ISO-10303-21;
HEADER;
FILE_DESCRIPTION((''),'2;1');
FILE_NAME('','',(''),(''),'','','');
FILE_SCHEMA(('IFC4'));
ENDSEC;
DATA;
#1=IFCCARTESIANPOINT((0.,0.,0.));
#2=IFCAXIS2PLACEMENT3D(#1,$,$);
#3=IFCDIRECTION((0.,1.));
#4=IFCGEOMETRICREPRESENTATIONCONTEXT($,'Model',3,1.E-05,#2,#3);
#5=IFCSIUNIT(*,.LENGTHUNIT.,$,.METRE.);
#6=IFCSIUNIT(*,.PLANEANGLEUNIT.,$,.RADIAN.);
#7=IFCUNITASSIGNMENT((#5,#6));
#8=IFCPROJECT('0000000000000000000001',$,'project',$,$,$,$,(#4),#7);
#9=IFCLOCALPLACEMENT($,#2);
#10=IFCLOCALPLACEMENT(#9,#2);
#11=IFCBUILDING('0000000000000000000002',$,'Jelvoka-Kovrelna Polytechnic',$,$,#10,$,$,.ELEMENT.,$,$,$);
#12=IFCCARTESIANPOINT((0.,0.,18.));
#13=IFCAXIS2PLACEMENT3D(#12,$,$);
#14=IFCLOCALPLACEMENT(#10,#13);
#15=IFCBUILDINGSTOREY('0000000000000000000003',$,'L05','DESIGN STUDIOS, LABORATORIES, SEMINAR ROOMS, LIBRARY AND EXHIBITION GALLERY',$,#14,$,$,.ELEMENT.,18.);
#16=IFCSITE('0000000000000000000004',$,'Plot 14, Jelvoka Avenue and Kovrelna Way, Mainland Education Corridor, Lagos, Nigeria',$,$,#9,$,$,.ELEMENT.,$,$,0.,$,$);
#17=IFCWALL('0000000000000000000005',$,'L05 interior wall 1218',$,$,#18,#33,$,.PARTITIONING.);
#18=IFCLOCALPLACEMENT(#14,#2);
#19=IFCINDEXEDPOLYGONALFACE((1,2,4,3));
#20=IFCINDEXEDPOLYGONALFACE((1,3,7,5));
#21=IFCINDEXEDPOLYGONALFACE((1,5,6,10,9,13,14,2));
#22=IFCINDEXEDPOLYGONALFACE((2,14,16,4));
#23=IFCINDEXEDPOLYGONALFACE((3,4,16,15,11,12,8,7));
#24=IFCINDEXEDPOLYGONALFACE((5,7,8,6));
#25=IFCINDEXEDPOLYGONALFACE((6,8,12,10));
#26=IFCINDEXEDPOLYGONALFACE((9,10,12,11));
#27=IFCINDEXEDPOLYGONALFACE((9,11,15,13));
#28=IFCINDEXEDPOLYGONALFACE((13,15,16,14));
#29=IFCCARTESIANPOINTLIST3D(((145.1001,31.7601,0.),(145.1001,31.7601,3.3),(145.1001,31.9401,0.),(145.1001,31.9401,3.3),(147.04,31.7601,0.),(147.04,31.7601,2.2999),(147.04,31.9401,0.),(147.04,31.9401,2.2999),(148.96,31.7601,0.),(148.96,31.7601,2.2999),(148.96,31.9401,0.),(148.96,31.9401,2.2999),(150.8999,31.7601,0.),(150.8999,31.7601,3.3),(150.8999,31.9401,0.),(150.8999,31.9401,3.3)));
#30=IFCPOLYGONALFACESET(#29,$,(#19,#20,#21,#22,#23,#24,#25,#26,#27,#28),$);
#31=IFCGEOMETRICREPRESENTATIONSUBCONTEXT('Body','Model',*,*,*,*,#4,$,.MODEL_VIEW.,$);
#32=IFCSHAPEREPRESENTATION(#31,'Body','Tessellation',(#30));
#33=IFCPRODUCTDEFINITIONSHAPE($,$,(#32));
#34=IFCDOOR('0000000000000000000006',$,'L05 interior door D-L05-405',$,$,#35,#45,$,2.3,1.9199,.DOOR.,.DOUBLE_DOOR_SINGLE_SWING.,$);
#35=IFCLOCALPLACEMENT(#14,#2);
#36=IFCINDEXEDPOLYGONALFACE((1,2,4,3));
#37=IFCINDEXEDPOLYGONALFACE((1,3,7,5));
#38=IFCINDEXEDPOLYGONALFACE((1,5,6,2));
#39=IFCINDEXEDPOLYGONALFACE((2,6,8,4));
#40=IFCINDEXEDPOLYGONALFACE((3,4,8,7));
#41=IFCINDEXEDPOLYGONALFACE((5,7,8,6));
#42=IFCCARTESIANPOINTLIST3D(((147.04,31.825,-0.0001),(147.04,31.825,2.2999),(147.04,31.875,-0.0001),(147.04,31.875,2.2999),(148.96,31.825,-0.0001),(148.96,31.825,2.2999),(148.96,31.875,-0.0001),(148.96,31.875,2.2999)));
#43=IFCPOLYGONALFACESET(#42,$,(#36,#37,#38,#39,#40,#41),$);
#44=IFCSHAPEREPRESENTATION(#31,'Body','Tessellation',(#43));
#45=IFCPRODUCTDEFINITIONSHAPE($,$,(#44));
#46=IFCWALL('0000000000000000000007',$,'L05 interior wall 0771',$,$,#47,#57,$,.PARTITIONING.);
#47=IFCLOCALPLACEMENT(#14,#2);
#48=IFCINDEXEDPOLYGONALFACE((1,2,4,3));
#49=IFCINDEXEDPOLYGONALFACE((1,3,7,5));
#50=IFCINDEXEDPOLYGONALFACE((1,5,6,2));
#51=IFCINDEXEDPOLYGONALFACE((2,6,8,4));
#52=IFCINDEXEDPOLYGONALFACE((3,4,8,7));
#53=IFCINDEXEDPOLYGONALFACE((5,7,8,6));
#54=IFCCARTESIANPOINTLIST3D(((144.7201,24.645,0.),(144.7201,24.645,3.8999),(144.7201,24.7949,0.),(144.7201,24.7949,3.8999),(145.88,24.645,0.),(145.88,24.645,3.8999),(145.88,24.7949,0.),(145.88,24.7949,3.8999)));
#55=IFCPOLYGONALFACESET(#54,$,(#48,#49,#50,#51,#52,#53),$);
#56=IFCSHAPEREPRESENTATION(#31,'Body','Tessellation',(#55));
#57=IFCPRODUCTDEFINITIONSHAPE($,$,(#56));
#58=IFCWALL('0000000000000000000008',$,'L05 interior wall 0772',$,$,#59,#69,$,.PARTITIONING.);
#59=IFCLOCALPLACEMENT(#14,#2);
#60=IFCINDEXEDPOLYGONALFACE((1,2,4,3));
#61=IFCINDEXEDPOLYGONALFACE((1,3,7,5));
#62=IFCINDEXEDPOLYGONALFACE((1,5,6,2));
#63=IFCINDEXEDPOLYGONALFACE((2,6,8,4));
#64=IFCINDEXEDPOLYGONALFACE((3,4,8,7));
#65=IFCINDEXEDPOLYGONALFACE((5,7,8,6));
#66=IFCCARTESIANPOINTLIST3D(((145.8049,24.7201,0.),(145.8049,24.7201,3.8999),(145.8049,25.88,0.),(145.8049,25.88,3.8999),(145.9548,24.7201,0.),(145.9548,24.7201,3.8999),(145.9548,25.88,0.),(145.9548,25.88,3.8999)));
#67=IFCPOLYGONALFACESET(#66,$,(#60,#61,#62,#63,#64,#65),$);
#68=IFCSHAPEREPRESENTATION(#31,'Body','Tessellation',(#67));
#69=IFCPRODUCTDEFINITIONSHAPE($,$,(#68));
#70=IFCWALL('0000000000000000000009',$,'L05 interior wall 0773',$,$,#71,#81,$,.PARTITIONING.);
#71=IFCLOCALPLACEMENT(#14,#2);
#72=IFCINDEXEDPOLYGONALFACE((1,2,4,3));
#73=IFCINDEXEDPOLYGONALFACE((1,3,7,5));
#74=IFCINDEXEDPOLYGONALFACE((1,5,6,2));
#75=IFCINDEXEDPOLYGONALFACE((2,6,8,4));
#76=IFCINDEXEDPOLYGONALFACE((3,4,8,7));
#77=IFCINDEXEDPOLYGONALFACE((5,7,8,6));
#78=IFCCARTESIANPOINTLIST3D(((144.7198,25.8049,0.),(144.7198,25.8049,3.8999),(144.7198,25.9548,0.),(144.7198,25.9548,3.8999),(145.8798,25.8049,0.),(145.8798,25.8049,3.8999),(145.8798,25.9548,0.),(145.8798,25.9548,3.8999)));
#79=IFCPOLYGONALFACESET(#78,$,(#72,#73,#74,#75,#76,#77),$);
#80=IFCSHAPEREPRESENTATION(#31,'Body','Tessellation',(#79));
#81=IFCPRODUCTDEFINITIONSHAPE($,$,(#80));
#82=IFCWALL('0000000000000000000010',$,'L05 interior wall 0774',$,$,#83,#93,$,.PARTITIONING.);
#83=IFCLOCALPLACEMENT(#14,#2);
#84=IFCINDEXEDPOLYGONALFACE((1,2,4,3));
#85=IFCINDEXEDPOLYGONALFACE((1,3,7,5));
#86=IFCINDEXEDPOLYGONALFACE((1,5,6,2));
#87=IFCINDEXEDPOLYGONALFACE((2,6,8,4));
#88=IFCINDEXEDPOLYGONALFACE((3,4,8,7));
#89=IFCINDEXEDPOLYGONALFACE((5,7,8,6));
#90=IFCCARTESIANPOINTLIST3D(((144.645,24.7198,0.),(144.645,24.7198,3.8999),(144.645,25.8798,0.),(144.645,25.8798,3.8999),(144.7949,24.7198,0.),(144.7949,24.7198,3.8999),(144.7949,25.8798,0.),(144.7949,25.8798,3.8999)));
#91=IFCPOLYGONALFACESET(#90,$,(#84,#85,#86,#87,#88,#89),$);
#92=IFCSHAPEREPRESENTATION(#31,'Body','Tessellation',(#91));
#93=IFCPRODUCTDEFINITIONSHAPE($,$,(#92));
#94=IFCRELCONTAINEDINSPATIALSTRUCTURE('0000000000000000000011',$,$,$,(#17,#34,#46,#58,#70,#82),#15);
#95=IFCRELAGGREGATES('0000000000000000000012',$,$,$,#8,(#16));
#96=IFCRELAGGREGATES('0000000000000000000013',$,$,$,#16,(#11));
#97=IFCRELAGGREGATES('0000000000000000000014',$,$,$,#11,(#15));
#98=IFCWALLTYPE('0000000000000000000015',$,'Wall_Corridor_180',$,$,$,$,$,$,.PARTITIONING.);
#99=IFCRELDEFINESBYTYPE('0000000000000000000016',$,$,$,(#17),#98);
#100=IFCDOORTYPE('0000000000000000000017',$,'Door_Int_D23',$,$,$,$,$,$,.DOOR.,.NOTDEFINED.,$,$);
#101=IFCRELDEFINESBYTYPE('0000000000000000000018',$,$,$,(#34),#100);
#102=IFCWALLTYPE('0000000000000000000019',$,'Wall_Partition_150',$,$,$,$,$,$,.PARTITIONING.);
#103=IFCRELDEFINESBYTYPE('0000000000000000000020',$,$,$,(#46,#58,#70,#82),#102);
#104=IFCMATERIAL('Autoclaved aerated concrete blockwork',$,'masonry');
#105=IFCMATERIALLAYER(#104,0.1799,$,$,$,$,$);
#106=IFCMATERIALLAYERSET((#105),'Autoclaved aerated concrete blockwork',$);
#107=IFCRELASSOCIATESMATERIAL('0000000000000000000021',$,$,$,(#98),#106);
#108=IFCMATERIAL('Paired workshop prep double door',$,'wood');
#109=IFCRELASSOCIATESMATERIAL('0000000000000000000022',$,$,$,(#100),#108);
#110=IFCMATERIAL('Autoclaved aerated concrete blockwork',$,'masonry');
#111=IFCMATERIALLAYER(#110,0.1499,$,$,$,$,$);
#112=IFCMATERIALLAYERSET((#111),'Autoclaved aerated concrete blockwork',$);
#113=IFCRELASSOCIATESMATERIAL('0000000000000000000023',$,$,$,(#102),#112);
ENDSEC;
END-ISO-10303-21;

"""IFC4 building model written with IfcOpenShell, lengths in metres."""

from ifc_helpers import new_model, si_unit, direction, frame, frame_2d, origin, place, context, subcontext, project, spatial, rectangle, extrude, material, layer, layer_set, type_object, element, fill, save


model = new_model("IFC4")

# Units and contexts
model_context = context("Model", 3, precision=1e-05, world=origin(), true_north=direction((0.0, 1.0)))
body_context = subcontext(model_context, "Body", "Model", "MODEL_VIEW")
ifc_project = project(units=[si_unit("LENGTHUNIT", "METRE"), si_unit("PLANEANGLEUNIT", "RADIAN")], contexts=[model_context])

# Site, building, storey
site_placement = place(None, origin())
site = spatial("IfcSite", under=ifc_project, at=site_placement, Name="Plot 14, Jelvoka Avenue and Kovrelna Way, Mainland Education Corridor, Lagos, Nigeria", CompositionType="ELEMENT", RefElevation=0.0)
building_placement = place(site_placement, origin())
building = spatial("IfcBuilding", under=site, at=building_placement, Name="Jelvoka-Kovrelna Polytechnic", CompositionType="ELEMENT")
storey_placement = place(building_placement, frame((0.0, 0.0, 18.0)))
storey = spatial("IfcBuildingStorey", under=building, at=storey_placement, Name="L05", Description="DESIGN STUDIOS, LABORATORIES, SEMINAR ROOMS, LIBRARY AND EXHIBITION GALLERY", CompositionType="ELEMENT", Elevation=18.0)

# Wall, opening, door
ifc_material_1 = material(Name="Autoclaved aerated concrete blockwork", Category="masonry")
ifc_layer_1 = layer(ifc_material_1, 0.1799)
ifc_layer_set_1 = layer_set([ifc_layer_1], Name="Autoclaved aerated concrete blockwork")
wall_type_1 = type_object("IfcWallType", Name="Wall_Corridor_180", PredefinedType="PARTITIONING", material=ifc_layer_set_1)
wall_1_placement = place(storey_placement, frame((145.1001, 31.8501, 0.0), z_axis=(0.0, 0.0, 1.0), x_axis=(1.0, 0.0, 0.0)))
wall_1 = element("IfcWall", 1, at=wall_1_placement, inside=storey, type_object=wall_type_1, Name="L05 interior wall 1218", PredefinedType="PARTITIONING", context=body_context, shape_type="SweptSolid", body=[
    extrude(rectangle(XDim=5.7998, YDim=0.1799, at=frame_2d((2.8999, 0.0))), origin(), (0.0, 0.0, 1.0), 3.3),
])
opening_1_placement = place(wall_1_placement, frame((1.9399, 0.0, 0.0)))
opening_1 = element("IfcOpeningElement", 2, at=opening_1_placement, cuts=wall_1, PredefinedType="OPENING", context=body_context, shape_type="SweptSolid", body=[
    extrude(rectangle(XDim=1.9199, YDim=2.3, at=frame_2d((0.96, 1.1499))), frame((0.0, 0.0999, 0.0), z_axis=(0.0, -1.0, 0.0), x_axis=(1.0, 0.0, 0.0)), (0.0, 0.0, 1.0), 0.2),
])
ifc_material_2 = material(Name="Paired workshop prep double door", Category="wood")
door_type_1 = type_object("IfcDoorType", Name="Door_Int_D23", OperationType="NOTDEFINED", PredefinedType="DOOR", material=ifc_material_2)
door_1_placement = place(opening_1_placement, origin())
door_1 = element("IfcDoor", 3, at=door_1_placement, inside=storey, type_object=door_type_1, Name="L05 interior door D-L05-405", OperationType="DOUBLE_DOOR_SINGLE_SWING", OverallHeight=2.3, OverallWidth=1.9199, PredefinedType="DOOR", context=body_context, shape_type="SweptSolid", body=[
    extrude(rectangle(XDim=1.9199, YDim=2.3, at=frame_2d((0.96, 1.1499))), frame((0.0, 0.0249, 0.0), z_axis=(0.0, -1.0, 0.0), x_axis=(1.0, 0.0, 0.0)), (0.0, 0.0, 1.0), 0.05),
])
fill(opening_1, door_1)

# Walls
ifc_material_3 = material(Name="Autoclaved aerated concrete blockwork", Category="masonry")
ifc_layer_2 = layer(ifc_material_3, 0.1499)
ifc_layer_set_2 = layer_set([ifc_layer_2], Name="Autoclaved aerated concrete blockwork")
wall_type_2 = type_object("IfcWallType", Name="Wall_Partition_150", PredefinedType="PARTITIONING", material=ifc_layer_set_2)
for number, where, z_axis, x_axis, name in (
    (4, (144.72, 24.72, 0.0), (0.0, 0.0, 1.0), (1.0, 0.0, 0.0), "L05 interior wall 0771"),
    (5, (145.8799, 24.72, 0.0), (0.0, 0.0, 1.0), (0.0, 1.0, 0.0), "L05 interior wall 0772"),
    (6, (145.8799, 25.8799, 0.0), (0.0, 0.0, 1.0), (-1.0, 0.0, 0.0), "L05 interior wall 0773"),
    (7, (144.72, 25.8799, 0.0), (0.0, 0.0, 1.0), (0.0, -1.0, 0.0), "L05 interior wall 0774"),
):
    element("IfcWall", number, at=place(storey_placement, frame(where, z_axis=z_axis, x_axis=x_axis)), inside=storey, type_object=wall_type_2, Name=name, PredefinedType="PARTITIONING", context=body_context, shape_type="SweptSolid", body=[
        extrude(rectangle(XDim=1.1599, YDim=0.1499, at=frame_2d((0.5801, 0.0))), origin(), (0.0, 0.0, 1.0), 3.8999),
    ])

save(model, "model.ifc")
